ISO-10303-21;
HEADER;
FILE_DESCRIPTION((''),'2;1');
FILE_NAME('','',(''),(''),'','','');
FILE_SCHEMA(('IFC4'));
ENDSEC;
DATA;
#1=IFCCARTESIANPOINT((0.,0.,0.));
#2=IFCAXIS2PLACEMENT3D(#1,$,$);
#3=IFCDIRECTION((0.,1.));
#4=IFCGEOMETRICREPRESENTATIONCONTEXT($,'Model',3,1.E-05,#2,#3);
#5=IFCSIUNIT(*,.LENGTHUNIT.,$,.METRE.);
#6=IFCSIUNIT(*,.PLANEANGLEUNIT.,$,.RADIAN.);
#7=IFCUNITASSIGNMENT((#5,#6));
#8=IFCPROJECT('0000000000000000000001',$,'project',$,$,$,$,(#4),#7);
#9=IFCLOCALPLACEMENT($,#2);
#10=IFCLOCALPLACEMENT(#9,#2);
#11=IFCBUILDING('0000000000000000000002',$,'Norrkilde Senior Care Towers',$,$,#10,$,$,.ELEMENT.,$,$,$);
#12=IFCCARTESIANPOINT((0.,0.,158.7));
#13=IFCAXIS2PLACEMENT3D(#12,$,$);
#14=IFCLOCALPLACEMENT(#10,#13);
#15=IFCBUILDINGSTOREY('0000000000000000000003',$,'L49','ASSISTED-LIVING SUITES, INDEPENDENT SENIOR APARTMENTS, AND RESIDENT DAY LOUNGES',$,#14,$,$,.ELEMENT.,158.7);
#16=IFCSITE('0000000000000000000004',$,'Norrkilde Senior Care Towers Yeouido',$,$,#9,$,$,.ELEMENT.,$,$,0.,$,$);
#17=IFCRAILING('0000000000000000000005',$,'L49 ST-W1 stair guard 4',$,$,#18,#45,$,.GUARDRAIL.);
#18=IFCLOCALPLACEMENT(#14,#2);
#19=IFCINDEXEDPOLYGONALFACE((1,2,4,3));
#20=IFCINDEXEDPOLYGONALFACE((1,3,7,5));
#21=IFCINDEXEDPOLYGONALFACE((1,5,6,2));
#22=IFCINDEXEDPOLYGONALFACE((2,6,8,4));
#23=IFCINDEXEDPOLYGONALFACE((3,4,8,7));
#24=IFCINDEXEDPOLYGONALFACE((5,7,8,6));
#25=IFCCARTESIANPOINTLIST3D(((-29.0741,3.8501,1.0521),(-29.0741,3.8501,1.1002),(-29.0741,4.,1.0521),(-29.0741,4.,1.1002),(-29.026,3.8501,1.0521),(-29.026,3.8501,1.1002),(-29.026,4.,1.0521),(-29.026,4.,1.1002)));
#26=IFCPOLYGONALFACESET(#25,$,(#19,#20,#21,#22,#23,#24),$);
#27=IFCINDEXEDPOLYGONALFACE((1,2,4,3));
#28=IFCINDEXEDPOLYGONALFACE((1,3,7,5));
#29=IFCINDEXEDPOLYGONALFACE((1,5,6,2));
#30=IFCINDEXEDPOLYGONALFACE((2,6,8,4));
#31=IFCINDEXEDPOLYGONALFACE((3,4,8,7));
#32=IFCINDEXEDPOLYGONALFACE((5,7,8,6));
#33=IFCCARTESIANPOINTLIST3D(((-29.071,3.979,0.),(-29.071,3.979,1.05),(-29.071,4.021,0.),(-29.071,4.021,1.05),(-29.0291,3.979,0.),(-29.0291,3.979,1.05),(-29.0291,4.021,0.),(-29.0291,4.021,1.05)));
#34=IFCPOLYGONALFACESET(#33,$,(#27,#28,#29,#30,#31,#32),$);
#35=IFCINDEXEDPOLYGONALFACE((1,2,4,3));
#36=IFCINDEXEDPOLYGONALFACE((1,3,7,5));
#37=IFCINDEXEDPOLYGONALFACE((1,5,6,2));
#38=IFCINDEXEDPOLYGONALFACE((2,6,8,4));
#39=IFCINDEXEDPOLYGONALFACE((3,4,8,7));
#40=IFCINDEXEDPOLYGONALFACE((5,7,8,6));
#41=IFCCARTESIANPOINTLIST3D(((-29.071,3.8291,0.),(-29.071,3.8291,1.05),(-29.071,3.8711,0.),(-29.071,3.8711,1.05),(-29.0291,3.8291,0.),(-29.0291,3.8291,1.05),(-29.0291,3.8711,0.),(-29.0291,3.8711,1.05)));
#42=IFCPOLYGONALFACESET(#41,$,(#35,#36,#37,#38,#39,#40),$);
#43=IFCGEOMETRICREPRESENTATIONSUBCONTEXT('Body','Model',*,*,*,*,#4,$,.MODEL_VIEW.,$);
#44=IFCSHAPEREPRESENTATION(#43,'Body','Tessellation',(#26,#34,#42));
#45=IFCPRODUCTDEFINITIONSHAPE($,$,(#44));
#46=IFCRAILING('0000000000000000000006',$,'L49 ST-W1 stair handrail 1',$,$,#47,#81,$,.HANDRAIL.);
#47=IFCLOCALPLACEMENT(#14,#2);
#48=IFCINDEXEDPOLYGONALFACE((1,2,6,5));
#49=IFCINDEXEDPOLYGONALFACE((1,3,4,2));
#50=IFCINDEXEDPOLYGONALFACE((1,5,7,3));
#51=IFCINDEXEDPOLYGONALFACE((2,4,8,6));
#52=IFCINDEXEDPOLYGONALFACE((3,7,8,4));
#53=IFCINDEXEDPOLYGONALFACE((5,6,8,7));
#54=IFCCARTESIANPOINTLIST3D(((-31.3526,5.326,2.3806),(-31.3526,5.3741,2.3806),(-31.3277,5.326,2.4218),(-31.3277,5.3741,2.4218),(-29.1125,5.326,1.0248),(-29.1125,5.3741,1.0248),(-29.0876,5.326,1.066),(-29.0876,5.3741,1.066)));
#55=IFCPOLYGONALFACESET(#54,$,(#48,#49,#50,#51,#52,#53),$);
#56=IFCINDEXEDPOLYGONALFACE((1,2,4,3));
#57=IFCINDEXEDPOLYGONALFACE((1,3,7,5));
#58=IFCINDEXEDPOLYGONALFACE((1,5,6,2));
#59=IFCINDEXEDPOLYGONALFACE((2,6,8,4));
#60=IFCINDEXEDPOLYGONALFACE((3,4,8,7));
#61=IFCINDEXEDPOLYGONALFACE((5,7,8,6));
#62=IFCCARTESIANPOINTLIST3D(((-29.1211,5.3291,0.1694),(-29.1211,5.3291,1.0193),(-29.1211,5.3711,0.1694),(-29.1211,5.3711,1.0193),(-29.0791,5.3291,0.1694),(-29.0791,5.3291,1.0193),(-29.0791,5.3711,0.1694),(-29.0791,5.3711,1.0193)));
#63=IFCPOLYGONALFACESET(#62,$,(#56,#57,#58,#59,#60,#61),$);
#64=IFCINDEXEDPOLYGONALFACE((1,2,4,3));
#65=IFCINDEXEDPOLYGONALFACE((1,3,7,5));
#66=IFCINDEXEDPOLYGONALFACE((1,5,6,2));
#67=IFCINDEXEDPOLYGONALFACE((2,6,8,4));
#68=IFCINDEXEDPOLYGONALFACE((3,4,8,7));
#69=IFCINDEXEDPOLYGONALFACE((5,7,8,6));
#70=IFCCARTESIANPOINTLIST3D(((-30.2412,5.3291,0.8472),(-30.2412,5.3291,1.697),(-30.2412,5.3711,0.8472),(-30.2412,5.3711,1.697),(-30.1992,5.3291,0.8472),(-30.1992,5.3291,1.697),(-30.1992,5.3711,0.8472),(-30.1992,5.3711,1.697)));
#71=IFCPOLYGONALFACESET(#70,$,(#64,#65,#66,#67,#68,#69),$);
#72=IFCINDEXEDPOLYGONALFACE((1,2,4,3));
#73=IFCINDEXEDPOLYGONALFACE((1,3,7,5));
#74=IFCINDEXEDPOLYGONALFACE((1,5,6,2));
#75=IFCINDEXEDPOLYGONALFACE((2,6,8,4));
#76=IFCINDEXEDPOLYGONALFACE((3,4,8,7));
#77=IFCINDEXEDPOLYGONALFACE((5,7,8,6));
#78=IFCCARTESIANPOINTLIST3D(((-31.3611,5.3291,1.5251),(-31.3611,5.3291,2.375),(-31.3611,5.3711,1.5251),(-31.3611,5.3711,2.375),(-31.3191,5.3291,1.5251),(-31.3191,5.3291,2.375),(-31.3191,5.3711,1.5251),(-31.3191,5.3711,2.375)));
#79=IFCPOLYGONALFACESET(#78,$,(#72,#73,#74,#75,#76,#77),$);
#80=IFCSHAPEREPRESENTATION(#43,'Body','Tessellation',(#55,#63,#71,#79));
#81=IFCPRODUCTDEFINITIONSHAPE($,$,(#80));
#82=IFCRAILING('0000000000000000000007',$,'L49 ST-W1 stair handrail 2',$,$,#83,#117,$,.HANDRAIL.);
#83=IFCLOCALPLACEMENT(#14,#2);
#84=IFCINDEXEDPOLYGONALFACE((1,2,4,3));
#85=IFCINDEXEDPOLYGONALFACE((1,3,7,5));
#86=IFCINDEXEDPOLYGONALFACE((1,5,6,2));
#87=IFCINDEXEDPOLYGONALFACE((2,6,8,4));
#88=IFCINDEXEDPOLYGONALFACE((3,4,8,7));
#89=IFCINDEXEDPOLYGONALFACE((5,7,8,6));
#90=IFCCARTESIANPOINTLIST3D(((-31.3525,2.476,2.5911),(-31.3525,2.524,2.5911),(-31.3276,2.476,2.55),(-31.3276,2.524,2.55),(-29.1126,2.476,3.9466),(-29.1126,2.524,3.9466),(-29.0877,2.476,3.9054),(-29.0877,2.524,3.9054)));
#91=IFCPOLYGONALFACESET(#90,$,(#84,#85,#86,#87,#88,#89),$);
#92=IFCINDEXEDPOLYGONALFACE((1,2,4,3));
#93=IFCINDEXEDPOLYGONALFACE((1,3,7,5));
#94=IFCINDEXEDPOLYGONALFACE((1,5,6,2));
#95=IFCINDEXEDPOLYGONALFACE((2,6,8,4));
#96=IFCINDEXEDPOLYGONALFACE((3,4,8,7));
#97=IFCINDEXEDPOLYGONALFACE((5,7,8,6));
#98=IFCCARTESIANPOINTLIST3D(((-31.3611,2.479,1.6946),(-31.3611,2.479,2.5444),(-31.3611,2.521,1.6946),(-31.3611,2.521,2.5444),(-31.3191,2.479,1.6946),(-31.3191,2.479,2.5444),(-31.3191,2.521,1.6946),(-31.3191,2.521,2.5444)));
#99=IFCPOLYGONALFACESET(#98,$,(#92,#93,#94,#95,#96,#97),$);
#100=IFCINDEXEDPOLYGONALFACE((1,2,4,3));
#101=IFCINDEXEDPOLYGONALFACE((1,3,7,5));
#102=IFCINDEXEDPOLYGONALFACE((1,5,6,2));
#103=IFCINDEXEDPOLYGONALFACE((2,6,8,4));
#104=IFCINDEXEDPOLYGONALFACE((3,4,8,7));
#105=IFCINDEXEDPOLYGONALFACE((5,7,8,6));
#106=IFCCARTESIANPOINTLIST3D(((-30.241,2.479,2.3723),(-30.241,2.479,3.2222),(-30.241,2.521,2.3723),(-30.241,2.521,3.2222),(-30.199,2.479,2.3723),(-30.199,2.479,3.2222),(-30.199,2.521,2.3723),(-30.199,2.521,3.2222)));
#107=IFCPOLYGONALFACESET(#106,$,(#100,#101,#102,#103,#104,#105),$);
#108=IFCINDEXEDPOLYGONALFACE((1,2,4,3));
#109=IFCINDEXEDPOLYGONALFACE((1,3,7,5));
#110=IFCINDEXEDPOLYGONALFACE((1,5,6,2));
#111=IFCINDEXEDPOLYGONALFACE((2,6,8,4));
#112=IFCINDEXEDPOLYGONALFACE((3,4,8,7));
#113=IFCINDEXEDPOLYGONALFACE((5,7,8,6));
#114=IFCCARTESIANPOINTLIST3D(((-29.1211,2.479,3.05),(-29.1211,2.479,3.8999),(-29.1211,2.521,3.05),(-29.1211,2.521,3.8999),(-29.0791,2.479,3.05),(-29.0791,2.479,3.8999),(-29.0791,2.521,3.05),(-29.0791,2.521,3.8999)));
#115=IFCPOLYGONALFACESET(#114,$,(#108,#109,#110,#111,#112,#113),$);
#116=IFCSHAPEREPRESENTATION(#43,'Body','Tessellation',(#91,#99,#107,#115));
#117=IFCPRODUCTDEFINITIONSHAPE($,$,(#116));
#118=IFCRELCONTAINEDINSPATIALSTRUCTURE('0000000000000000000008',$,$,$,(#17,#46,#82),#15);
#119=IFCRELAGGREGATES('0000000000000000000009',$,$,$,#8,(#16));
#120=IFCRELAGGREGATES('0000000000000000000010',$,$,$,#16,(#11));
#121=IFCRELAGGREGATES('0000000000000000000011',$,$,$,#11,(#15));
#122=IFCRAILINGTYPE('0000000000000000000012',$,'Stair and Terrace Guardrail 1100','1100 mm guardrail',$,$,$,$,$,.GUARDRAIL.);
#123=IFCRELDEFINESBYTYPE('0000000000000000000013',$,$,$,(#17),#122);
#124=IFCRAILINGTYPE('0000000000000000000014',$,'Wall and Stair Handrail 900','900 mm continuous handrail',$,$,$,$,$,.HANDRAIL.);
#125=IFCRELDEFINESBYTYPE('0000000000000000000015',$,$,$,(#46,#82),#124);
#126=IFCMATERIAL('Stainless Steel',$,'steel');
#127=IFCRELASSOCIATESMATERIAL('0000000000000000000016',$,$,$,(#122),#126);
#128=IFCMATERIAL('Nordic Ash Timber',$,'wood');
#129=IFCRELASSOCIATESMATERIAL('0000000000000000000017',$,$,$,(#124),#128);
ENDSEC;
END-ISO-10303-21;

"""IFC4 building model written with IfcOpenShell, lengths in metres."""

from ifc_helpers import new_model, si_unit, direction, frame, origin, origin_2d, place, context, subcontext, project, spatial, rectangle, extrude, material, type_object, element, save


model = new_model("IFC4")

# Units and contexts
model_context = context("Model", 3, precision=1e-05, world=origin(), true_north=direction((0.0, 1.0)))
body_context = subcontext(model_context, "Body", "Model", "MODEL_VIEW")
ifc_project = project(units=[si_unit("LENGTHUNIT", "METRE"), si_unit("PLANEANGLEUNIT", "RADIAN")], contexts=[model_context])

# Site, building, storey
site_placement = place(None, origin())
site = spatial("IfcSite", under=ifc_project, at=site_placement, Name="Norrkilde Senior Care Towers Yeouido", CompositionType="ELEMENT", RefElevation=0.0)
building_placement = place(site_placement, origin())
building = spatial("IfcBuilding", under=site, at=building_placement, Name="Norrkilde Senior Care Towers", CompositionType="ELEMENT")
storey_placement = place(building_placement, frame((0.0, 0.0, 158.7)))
storey = spatial("IfcBuildingStorey", under=building, at=storey_placement, Name="L49", Description="ASSISTED-LIVING SUITES, INDEPENDENT SENIOR APARTMENTS, AND RESIDENT DAY LOUNGES", CompositionType="ELEMENT", Elevation=158.7)

# Railings
ifc_material_1 = material(Name="Stainless Steel", Category="steel")
railing_type_1 = type_object("IfcRailingType", Name="Stair and Terrace Guardrail 1100", Description="1100 mm guardrail", PredefinedType="GUARDRAIL", material=ifc_material_1)
railing_1_placement = place(storey_placement, frame((-29.05, 4.0, 0.0)))
element("IfcRailing", 1, at=railing_1_placement, inside=storey, type_object=railing_type_1, Name="L49 ST-W1 stair guard 4", PredefinedType="GUARDRAIL", context=body_context, shape_type="SweptSolid", body=[
    extrude(rectangle(XDim=0.0481, YDim=0.0481, at=origin_2d()), frame((0.0, 0.0, 1.0762), z_axis=(0.0, -1.0, 0.0), x_axis=(1.0, 0.0, 0.0)), (0.0, 0.0, 1.0), 0.1499),
    extrude(rectangle(XDim=0.042, YDim=0.042, at=origin_2d()), origin(), (0.0, 0.0, 1.0), 1.05),
    extrude(rectangle(XDim=0.042, YDim=0.042, at=origin_2d()), frame((0.0, -0.1499, 0.0)), (0.0, 0.0, 1.0), 1.05),
])
ifc_material_2 = material(Name="Nordic Ash Timber", Category="wood")
railing_type_2 = type_object("IfcRailingType", Name="Wall and Stair Handrail 900", Description="900 mm continuous handrail", PredefinedType="HANDRAIL", material=ifc_material_2)
railing_2_placement = place(storey_placement, frame((-29.1001, 5.3501, 0.1694)))
element("IfcRailing", 2, at=railing_2_placement, inside=storey, type_object=railing_type_2, Name="L49 ST-W1 stair handrail 1", PredefinedType="HANDRAIL", context=body_context, shape_type="SweptSolid", body=[
    extrude(rectangle(XDim=0.0481, YDim=0.0481, at=origin_2d()), frame((0.0, 0.0, 0.876), z_axis=(-0.855512, 0.0, 0.517783), x_axis=(0.0, -1.0, 0.0)), (0.0, 0.0, 1.0), 2.6184),
    extrude(rectangle(XDim=0.042, YDim=0.042, at=origin_2d()), origin(), (0.0, 0.0, 1.0), 0.8499),
    extrude(rectangle(XDim=0.042, YDim=0.042, at=origin_2d()), frame((-1.1201, 0.0, 0.6777)), (0.0, 0.0, 1.0), 0.8499),
    extrude(rectangle(XDim=0.042, YDim=0.042, at=origin_2d()), frame((-2.24, 0.0, 1.3557)), (0.0, 0.0, 1.0), 0.8499),
])
railing_3_placement = place(storey_placement, frame((-31.3401, 2.5, 1.6946)))
element("IfcRailing", 3, at=railing_3_placement, inside=storey, type_object=railing_type_2, Name="L49 ST-W1 stair handrail 2", PredefinedType="HANDRAIL", context=body_context, shape_type="SweptSolid", body=[
    extrude(rectangle(XDim=0.0481, YDim=0.0481, at=origin_2d()), frame((0.0, 0.0, 0.876), z_axis=(0.855553, 0.0, 0.517715), x_axis=(0.0, 1.0, 0.0)), (0.0, 0.0, 1.0), 2.6182),
    extrude(rectangle(XDim=0.042, YDim=0.042, at=origin_2d()), origin(), (0.0, 0.0, 1.0), 0.8499),
    extrude(rectangle(XDim=0.042, YDim=0.042, at=origin_2d()), frame((1.1201, 0.0, 0.6777)), (0.0, 0.0, 1.0), 0.8499),
    extrude(rectangle(XDim=0.042, YDim=0.042, at=origin_2d()), frame((2.24, 0.0, 1.3555)), (0.0, 0.0, 1.0), 0.8499),
])

save(model, "model.ifc")
